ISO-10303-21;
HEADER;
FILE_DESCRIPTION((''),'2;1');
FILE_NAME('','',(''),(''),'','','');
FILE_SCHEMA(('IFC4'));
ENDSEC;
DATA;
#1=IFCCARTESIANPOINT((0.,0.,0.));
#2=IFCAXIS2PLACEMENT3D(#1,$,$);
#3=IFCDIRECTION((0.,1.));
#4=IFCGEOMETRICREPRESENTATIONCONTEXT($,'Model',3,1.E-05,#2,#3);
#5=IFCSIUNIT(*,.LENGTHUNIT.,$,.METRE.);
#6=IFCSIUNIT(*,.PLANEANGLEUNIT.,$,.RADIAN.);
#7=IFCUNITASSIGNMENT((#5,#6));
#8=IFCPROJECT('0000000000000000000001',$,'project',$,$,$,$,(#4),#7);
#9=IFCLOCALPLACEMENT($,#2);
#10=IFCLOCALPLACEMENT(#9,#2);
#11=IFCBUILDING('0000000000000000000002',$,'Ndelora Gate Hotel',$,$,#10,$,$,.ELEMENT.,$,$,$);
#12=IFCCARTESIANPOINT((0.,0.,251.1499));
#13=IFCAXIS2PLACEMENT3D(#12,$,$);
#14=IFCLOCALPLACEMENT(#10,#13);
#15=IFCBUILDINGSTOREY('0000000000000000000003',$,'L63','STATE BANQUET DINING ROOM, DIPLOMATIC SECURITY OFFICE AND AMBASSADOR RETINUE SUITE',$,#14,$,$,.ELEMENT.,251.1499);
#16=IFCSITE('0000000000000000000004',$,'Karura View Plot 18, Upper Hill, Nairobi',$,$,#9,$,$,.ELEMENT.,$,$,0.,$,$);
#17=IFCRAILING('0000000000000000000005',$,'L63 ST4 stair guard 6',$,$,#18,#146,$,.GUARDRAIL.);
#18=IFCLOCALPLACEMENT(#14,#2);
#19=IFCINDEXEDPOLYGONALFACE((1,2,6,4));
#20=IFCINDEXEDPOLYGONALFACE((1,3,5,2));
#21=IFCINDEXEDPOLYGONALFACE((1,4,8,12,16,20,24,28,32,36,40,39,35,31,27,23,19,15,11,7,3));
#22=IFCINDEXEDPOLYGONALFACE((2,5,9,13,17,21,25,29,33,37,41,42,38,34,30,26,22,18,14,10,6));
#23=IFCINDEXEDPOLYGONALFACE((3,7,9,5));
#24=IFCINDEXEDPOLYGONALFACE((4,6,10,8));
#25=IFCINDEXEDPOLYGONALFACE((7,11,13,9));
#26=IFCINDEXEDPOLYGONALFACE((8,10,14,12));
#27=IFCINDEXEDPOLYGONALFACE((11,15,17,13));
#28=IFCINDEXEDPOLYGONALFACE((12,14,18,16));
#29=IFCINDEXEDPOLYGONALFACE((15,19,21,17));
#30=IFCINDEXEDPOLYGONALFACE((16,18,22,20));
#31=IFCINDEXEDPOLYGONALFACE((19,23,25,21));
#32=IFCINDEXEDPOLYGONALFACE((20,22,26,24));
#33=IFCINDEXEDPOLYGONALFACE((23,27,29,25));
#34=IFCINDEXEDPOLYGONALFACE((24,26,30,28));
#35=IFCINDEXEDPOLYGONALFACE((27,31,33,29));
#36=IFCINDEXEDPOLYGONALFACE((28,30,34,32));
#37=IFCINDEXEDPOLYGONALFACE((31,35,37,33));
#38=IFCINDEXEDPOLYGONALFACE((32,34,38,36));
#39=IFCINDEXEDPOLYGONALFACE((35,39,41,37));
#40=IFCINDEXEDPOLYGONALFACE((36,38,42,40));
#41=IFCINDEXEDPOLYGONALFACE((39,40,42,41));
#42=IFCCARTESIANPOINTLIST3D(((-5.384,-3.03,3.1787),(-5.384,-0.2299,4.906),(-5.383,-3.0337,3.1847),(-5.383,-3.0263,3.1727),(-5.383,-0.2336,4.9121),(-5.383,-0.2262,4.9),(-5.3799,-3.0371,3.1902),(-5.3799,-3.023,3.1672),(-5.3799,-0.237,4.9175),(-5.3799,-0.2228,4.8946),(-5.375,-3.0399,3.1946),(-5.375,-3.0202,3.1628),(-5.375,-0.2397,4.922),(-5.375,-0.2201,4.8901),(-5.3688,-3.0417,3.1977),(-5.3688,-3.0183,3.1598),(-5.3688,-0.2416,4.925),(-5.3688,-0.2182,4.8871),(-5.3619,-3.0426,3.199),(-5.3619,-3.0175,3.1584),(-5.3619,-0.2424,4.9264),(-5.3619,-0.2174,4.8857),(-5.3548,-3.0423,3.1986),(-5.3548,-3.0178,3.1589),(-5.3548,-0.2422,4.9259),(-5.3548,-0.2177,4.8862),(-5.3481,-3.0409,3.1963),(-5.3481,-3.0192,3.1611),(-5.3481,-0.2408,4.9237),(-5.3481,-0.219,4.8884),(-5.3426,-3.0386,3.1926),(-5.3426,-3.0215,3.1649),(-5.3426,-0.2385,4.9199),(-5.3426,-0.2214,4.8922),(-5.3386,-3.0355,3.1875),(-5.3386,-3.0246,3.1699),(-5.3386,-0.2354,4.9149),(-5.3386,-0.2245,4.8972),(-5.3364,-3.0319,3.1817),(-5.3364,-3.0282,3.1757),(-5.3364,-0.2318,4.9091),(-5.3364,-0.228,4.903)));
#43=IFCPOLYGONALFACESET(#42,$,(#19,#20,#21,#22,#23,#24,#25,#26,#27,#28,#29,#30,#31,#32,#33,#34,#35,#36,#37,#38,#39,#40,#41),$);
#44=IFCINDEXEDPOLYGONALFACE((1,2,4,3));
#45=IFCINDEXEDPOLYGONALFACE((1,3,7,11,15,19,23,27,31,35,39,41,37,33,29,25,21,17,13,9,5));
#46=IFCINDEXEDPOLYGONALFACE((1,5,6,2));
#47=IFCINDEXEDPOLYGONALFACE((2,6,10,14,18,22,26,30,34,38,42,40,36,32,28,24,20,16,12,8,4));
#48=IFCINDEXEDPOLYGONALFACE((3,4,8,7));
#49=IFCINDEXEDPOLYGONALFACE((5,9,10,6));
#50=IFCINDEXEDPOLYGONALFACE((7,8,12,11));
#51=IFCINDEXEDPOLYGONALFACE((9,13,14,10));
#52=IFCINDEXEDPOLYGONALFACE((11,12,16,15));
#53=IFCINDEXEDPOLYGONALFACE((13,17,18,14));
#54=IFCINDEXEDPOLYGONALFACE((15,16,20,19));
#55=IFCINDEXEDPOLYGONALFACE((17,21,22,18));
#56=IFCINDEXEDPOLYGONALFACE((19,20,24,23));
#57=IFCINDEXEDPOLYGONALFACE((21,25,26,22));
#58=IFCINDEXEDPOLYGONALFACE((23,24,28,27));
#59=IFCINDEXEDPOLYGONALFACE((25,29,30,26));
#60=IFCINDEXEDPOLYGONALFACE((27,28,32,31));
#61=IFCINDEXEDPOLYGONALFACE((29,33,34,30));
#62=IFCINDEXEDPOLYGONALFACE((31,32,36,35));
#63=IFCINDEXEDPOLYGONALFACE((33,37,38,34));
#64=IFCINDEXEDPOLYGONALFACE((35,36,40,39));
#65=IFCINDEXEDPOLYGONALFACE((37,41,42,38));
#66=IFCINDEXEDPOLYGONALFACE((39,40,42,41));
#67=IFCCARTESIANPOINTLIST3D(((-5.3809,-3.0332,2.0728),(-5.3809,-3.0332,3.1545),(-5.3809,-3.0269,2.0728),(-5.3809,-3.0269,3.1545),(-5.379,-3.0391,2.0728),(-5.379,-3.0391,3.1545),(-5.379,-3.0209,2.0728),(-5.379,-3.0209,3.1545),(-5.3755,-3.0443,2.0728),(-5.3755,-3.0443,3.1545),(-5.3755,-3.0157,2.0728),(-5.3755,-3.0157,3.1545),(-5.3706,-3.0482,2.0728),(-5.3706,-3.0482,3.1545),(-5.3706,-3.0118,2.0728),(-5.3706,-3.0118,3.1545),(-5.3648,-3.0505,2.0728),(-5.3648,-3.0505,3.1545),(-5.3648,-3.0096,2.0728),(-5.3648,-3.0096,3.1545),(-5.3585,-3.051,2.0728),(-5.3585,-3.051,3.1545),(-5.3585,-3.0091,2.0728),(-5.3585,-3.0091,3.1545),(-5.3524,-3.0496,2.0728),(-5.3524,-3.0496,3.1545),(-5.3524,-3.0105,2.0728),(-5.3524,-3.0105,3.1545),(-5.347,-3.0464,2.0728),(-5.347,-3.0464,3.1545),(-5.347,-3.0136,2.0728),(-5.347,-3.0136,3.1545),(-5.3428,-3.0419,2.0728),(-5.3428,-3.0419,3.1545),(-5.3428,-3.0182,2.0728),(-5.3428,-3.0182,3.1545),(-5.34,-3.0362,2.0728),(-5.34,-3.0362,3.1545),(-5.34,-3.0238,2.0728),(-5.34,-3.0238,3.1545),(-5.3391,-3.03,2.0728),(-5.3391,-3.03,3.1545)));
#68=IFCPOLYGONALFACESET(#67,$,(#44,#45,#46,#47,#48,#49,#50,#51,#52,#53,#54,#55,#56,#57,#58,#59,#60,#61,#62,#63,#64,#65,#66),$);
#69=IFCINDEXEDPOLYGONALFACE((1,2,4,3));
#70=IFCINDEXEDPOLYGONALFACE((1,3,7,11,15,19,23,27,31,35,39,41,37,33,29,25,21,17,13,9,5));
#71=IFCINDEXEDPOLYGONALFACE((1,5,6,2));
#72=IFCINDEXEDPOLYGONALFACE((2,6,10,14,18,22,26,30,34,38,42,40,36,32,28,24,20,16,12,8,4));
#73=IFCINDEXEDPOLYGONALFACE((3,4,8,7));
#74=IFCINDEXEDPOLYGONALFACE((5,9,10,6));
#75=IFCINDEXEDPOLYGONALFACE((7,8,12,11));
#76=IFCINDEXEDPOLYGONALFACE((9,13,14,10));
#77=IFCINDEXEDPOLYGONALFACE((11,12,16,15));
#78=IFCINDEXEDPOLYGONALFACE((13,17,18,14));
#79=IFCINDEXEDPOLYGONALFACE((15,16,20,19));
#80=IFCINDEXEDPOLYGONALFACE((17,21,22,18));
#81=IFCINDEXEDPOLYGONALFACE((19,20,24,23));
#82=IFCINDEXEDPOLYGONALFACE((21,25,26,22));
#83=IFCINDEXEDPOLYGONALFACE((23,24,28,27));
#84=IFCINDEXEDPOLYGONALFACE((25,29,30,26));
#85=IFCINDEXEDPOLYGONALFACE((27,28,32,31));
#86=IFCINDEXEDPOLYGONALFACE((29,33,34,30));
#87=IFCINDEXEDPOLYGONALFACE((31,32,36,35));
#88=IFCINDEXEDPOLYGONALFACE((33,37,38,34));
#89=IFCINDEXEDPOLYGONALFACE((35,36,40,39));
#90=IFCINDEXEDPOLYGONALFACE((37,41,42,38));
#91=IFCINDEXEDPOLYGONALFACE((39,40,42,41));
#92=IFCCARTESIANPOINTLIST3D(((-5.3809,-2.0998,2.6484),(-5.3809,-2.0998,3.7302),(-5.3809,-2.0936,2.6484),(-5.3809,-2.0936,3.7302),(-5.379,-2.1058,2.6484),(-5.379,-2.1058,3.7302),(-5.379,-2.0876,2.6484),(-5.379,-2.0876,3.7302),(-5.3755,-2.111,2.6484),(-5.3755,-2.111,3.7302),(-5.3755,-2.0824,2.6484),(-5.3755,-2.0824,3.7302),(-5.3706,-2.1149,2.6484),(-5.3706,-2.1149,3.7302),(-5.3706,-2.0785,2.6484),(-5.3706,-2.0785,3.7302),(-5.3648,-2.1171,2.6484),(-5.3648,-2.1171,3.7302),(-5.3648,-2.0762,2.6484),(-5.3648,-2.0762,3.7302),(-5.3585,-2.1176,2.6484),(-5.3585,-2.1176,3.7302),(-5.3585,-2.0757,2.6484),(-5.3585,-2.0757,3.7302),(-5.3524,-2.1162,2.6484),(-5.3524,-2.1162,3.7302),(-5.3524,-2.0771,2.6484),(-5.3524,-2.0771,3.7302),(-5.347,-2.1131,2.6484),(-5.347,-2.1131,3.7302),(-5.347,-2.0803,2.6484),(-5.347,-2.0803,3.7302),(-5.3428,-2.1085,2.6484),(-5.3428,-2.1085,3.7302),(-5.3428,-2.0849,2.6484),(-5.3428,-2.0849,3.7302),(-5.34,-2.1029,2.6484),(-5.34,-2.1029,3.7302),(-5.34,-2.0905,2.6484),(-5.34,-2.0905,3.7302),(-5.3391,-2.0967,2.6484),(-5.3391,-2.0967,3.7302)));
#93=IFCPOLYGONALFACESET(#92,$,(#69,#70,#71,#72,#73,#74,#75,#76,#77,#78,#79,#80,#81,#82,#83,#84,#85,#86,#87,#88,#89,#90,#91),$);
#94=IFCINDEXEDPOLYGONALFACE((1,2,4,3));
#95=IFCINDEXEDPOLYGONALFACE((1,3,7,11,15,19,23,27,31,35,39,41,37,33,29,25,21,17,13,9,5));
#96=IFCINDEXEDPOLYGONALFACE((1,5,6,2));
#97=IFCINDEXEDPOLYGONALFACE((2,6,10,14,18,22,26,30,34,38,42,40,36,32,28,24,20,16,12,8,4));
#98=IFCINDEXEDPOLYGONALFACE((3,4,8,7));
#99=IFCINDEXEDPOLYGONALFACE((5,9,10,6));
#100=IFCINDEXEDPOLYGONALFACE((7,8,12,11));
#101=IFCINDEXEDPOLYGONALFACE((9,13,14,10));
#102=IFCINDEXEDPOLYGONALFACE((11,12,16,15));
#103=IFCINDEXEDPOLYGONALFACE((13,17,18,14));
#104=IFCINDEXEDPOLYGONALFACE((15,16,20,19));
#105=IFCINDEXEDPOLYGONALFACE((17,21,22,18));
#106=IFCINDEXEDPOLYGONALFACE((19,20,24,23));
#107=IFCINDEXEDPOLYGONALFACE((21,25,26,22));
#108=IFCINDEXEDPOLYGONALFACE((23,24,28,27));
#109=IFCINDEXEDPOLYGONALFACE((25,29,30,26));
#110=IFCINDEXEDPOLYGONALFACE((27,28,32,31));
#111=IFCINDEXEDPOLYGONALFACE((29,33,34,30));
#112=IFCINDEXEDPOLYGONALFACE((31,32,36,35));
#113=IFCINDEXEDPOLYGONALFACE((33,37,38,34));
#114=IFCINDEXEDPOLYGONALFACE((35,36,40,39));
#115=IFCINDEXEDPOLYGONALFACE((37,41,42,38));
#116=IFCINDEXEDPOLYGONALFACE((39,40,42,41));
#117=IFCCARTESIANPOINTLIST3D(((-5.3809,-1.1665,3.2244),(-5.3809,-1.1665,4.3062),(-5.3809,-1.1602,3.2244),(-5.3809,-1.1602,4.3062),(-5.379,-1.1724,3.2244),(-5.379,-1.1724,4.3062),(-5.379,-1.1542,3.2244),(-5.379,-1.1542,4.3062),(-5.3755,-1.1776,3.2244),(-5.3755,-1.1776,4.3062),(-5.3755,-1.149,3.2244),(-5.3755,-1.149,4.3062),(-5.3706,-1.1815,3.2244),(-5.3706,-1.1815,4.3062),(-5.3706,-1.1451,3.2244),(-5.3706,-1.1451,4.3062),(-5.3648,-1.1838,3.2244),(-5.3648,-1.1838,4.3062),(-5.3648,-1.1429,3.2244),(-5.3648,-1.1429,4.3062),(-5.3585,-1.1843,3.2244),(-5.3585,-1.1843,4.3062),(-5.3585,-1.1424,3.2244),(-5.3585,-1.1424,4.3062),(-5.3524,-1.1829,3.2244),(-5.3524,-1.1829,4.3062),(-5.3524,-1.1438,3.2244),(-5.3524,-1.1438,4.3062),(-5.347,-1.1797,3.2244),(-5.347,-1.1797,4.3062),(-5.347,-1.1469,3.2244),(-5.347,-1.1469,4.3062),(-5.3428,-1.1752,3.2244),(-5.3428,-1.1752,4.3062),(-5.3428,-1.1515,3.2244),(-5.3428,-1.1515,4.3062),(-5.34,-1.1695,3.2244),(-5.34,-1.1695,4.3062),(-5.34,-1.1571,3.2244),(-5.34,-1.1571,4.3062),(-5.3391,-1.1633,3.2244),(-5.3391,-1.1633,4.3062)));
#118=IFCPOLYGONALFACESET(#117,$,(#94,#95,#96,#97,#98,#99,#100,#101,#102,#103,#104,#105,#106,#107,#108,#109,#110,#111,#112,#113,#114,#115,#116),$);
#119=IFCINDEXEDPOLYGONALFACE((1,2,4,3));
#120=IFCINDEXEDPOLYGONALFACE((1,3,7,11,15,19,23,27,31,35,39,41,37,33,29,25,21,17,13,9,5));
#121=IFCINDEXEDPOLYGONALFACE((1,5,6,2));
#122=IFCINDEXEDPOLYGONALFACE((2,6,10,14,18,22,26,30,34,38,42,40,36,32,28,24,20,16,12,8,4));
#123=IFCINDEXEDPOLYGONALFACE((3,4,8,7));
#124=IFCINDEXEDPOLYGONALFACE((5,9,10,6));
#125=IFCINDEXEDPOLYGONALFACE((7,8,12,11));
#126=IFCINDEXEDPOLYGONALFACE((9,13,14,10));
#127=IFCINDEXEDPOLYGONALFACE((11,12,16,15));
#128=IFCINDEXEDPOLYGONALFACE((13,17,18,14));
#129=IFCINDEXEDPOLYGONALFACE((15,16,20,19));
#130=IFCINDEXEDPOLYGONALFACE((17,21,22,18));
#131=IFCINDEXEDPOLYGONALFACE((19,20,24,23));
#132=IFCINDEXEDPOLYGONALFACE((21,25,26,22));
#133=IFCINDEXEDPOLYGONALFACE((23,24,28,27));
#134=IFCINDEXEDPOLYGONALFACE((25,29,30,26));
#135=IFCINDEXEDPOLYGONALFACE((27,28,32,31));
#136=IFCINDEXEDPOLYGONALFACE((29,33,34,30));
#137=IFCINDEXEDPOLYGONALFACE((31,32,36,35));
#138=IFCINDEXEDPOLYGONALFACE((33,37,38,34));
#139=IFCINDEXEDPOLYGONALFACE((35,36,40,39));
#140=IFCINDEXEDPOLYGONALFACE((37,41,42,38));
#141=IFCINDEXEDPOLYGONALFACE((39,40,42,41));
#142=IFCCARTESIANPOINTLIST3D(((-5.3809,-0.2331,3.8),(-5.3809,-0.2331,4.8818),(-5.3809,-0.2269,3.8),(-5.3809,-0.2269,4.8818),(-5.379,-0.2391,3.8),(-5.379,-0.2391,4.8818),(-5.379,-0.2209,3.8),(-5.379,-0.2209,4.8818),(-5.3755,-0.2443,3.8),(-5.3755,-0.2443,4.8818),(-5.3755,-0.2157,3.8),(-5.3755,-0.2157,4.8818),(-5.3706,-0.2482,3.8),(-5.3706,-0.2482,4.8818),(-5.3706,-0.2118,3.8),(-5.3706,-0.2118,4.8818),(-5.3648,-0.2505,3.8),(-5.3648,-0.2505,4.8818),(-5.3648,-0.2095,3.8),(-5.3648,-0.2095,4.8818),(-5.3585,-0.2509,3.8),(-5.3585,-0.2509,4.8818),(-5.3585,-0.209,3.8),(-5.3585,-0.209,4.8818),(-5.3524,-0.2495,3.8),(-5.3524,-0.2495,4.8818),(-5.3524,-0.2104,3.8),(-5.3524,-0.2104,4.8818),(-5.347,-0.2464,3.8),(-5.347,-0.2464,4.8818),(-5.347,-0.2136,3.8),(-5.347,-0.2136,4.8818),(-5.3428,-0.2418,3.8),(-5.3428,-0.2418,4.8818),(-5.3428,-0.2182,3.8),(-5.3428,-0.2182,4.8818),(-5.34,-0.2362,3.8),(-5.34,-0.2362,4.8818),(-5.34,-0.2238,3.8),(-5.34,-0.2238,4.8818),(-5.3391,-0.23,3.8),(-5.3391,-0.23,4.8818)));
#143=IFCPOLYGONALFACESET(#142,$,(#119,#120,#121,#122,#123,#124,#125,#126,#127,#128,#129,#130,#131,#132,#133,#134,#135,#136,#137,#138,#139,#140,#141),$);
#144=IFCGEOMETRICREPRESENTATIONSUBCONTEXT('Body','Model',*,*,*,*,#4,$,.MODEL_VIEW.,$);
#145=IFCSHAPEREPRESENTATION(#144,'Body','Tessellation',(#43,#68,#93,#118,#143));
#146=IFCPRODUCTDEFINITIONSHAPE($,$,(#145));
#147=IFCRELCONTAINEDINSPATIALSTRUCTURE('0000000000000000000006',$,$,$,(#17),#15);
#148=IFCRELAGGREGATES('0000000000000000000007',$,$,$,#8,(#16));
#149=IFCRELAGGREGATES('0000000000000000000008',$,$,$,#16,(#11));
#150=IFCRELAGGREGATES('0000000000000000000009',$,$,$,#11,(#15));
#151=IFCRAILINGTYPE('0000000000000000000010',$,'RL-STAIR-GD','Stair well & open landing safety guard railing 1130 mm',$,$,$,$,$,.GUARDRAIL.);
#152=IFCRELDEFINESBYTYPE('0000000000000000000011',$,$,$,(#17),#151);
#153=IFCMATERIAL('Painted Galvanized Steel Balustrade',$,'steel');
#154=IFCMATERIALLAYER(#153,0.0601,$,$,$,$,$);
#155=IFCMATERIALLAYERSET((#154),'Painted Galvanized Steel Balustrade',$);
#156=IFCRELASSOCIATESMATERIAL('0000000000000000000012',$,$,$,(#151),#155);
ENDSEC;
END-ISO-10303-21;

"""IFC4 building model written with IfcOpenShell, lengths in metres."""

from ifc_helpers import new_model, si_unit, direction, frame, origin, origin_2d, place, context, subcontext, project, spatial, circle, extrude, material, layer, layer_set, type_object, element, save


model = new_model("IFC4")

# Units and contexts
model_context = context("Model", 3, precision=1e-05, world=origin(), true_north=direction((0.0, 1.0)))
body_context = subcontext(model_context, "Body", "Model", "MODEL_VIEW")
ifc_project = project(units=[si_unit("LENGTHUNIT", "METRE"), si_unit("PLANEANGLEUNIT", "RADIAN")], contexts=[model_context])

# Site, building, storey
site_placement = place(None, origin())
site = spatial("IfcSite", under=ifc_project, at=site_placement, Name="Karura View Plot 18, Upper Hill, Nairobi", CompositionType="ELEMENT", RefElevation=0.0)
building_placement = place(site_placement, origin())
building = spatial("IfcBuilding", under=site, at=building_placement, Name="Ndelora Gate Hotel", CompositionType="ELEMENT")
storey_placement = place(building_placement, frame((0.0, 0.0, 251.1499)))
storey = spatial("IfcBuildingStorey", under=building, at=storey_placement, Name="L63", Description="STATE BANQUET DINING ROOM, DIPLOMATIC SECURITY OFFICE AND AMBASSADOR RETINUE SUITE", CompositionType="ELEMENT", Elevation=251.1499)

# Railing
ifc_material_1 = material(Name="Painted Galvanized Steel Balustrade", Category="steel")
ifc_layer_1 = layer(ifc_material_1, 0.0601)
ifc_layer_set_1 = layer_set([ifc_layer_1], Name="Painted Galvanized Steel Balustrade")
railing_type_1 = type_object("IfcRailingType", Name="RL-STAIR-GD", Description="Stair well & open landing safety guard railing 1130 mm", PredefinedType="GUARDRAIL", material=ifc_layer_set_1)
railing_1_placement = place(storey_placement, frame((-5.3601, -3.03, 2.0728)))
element("IfcRailing", 1, at=railing_1_placement, inside=storey, type_object=railing_type_1, Name="L63 ST4 stair guard 6", PredefinedType="GUARDRAIL", context=body_context, shape_type="SweptSolid", body=[
    extrude(circle(Radius=0.0239, at=origin_2d()), frame((0.0, 0.0, 1.106), z_axis=(0.0, 0.85109, 0.52502), x_axis=(-1.0, 0.0, 0.0)), (0.0, 0.0, 1.0), 3.29),
    extrude(circle(Radius=0.021, at=origin_2d()), origin(), (0.0, 0.0, 1.0), 1.0818),
    extrude(circle(Radius=0.021, at=origin_2d()), frame((0.0, 0.9333, 0.5757)), (0.0, 0.0, 1.0), 1.0818),
    extrude(circle(Radius=0.021, at=origin_2d()), frame((0.0, 1.8667, 1.1516)), (0.0, 0.0, 1.0), 1.0818),
    extrude(circle(Radius=0.021, at=origin_2d()), frame((0.0, 2.8, 1.7273)), (0.0, 0.0, 1.0), 1.0818),
])

save(model, "model.ifc")
